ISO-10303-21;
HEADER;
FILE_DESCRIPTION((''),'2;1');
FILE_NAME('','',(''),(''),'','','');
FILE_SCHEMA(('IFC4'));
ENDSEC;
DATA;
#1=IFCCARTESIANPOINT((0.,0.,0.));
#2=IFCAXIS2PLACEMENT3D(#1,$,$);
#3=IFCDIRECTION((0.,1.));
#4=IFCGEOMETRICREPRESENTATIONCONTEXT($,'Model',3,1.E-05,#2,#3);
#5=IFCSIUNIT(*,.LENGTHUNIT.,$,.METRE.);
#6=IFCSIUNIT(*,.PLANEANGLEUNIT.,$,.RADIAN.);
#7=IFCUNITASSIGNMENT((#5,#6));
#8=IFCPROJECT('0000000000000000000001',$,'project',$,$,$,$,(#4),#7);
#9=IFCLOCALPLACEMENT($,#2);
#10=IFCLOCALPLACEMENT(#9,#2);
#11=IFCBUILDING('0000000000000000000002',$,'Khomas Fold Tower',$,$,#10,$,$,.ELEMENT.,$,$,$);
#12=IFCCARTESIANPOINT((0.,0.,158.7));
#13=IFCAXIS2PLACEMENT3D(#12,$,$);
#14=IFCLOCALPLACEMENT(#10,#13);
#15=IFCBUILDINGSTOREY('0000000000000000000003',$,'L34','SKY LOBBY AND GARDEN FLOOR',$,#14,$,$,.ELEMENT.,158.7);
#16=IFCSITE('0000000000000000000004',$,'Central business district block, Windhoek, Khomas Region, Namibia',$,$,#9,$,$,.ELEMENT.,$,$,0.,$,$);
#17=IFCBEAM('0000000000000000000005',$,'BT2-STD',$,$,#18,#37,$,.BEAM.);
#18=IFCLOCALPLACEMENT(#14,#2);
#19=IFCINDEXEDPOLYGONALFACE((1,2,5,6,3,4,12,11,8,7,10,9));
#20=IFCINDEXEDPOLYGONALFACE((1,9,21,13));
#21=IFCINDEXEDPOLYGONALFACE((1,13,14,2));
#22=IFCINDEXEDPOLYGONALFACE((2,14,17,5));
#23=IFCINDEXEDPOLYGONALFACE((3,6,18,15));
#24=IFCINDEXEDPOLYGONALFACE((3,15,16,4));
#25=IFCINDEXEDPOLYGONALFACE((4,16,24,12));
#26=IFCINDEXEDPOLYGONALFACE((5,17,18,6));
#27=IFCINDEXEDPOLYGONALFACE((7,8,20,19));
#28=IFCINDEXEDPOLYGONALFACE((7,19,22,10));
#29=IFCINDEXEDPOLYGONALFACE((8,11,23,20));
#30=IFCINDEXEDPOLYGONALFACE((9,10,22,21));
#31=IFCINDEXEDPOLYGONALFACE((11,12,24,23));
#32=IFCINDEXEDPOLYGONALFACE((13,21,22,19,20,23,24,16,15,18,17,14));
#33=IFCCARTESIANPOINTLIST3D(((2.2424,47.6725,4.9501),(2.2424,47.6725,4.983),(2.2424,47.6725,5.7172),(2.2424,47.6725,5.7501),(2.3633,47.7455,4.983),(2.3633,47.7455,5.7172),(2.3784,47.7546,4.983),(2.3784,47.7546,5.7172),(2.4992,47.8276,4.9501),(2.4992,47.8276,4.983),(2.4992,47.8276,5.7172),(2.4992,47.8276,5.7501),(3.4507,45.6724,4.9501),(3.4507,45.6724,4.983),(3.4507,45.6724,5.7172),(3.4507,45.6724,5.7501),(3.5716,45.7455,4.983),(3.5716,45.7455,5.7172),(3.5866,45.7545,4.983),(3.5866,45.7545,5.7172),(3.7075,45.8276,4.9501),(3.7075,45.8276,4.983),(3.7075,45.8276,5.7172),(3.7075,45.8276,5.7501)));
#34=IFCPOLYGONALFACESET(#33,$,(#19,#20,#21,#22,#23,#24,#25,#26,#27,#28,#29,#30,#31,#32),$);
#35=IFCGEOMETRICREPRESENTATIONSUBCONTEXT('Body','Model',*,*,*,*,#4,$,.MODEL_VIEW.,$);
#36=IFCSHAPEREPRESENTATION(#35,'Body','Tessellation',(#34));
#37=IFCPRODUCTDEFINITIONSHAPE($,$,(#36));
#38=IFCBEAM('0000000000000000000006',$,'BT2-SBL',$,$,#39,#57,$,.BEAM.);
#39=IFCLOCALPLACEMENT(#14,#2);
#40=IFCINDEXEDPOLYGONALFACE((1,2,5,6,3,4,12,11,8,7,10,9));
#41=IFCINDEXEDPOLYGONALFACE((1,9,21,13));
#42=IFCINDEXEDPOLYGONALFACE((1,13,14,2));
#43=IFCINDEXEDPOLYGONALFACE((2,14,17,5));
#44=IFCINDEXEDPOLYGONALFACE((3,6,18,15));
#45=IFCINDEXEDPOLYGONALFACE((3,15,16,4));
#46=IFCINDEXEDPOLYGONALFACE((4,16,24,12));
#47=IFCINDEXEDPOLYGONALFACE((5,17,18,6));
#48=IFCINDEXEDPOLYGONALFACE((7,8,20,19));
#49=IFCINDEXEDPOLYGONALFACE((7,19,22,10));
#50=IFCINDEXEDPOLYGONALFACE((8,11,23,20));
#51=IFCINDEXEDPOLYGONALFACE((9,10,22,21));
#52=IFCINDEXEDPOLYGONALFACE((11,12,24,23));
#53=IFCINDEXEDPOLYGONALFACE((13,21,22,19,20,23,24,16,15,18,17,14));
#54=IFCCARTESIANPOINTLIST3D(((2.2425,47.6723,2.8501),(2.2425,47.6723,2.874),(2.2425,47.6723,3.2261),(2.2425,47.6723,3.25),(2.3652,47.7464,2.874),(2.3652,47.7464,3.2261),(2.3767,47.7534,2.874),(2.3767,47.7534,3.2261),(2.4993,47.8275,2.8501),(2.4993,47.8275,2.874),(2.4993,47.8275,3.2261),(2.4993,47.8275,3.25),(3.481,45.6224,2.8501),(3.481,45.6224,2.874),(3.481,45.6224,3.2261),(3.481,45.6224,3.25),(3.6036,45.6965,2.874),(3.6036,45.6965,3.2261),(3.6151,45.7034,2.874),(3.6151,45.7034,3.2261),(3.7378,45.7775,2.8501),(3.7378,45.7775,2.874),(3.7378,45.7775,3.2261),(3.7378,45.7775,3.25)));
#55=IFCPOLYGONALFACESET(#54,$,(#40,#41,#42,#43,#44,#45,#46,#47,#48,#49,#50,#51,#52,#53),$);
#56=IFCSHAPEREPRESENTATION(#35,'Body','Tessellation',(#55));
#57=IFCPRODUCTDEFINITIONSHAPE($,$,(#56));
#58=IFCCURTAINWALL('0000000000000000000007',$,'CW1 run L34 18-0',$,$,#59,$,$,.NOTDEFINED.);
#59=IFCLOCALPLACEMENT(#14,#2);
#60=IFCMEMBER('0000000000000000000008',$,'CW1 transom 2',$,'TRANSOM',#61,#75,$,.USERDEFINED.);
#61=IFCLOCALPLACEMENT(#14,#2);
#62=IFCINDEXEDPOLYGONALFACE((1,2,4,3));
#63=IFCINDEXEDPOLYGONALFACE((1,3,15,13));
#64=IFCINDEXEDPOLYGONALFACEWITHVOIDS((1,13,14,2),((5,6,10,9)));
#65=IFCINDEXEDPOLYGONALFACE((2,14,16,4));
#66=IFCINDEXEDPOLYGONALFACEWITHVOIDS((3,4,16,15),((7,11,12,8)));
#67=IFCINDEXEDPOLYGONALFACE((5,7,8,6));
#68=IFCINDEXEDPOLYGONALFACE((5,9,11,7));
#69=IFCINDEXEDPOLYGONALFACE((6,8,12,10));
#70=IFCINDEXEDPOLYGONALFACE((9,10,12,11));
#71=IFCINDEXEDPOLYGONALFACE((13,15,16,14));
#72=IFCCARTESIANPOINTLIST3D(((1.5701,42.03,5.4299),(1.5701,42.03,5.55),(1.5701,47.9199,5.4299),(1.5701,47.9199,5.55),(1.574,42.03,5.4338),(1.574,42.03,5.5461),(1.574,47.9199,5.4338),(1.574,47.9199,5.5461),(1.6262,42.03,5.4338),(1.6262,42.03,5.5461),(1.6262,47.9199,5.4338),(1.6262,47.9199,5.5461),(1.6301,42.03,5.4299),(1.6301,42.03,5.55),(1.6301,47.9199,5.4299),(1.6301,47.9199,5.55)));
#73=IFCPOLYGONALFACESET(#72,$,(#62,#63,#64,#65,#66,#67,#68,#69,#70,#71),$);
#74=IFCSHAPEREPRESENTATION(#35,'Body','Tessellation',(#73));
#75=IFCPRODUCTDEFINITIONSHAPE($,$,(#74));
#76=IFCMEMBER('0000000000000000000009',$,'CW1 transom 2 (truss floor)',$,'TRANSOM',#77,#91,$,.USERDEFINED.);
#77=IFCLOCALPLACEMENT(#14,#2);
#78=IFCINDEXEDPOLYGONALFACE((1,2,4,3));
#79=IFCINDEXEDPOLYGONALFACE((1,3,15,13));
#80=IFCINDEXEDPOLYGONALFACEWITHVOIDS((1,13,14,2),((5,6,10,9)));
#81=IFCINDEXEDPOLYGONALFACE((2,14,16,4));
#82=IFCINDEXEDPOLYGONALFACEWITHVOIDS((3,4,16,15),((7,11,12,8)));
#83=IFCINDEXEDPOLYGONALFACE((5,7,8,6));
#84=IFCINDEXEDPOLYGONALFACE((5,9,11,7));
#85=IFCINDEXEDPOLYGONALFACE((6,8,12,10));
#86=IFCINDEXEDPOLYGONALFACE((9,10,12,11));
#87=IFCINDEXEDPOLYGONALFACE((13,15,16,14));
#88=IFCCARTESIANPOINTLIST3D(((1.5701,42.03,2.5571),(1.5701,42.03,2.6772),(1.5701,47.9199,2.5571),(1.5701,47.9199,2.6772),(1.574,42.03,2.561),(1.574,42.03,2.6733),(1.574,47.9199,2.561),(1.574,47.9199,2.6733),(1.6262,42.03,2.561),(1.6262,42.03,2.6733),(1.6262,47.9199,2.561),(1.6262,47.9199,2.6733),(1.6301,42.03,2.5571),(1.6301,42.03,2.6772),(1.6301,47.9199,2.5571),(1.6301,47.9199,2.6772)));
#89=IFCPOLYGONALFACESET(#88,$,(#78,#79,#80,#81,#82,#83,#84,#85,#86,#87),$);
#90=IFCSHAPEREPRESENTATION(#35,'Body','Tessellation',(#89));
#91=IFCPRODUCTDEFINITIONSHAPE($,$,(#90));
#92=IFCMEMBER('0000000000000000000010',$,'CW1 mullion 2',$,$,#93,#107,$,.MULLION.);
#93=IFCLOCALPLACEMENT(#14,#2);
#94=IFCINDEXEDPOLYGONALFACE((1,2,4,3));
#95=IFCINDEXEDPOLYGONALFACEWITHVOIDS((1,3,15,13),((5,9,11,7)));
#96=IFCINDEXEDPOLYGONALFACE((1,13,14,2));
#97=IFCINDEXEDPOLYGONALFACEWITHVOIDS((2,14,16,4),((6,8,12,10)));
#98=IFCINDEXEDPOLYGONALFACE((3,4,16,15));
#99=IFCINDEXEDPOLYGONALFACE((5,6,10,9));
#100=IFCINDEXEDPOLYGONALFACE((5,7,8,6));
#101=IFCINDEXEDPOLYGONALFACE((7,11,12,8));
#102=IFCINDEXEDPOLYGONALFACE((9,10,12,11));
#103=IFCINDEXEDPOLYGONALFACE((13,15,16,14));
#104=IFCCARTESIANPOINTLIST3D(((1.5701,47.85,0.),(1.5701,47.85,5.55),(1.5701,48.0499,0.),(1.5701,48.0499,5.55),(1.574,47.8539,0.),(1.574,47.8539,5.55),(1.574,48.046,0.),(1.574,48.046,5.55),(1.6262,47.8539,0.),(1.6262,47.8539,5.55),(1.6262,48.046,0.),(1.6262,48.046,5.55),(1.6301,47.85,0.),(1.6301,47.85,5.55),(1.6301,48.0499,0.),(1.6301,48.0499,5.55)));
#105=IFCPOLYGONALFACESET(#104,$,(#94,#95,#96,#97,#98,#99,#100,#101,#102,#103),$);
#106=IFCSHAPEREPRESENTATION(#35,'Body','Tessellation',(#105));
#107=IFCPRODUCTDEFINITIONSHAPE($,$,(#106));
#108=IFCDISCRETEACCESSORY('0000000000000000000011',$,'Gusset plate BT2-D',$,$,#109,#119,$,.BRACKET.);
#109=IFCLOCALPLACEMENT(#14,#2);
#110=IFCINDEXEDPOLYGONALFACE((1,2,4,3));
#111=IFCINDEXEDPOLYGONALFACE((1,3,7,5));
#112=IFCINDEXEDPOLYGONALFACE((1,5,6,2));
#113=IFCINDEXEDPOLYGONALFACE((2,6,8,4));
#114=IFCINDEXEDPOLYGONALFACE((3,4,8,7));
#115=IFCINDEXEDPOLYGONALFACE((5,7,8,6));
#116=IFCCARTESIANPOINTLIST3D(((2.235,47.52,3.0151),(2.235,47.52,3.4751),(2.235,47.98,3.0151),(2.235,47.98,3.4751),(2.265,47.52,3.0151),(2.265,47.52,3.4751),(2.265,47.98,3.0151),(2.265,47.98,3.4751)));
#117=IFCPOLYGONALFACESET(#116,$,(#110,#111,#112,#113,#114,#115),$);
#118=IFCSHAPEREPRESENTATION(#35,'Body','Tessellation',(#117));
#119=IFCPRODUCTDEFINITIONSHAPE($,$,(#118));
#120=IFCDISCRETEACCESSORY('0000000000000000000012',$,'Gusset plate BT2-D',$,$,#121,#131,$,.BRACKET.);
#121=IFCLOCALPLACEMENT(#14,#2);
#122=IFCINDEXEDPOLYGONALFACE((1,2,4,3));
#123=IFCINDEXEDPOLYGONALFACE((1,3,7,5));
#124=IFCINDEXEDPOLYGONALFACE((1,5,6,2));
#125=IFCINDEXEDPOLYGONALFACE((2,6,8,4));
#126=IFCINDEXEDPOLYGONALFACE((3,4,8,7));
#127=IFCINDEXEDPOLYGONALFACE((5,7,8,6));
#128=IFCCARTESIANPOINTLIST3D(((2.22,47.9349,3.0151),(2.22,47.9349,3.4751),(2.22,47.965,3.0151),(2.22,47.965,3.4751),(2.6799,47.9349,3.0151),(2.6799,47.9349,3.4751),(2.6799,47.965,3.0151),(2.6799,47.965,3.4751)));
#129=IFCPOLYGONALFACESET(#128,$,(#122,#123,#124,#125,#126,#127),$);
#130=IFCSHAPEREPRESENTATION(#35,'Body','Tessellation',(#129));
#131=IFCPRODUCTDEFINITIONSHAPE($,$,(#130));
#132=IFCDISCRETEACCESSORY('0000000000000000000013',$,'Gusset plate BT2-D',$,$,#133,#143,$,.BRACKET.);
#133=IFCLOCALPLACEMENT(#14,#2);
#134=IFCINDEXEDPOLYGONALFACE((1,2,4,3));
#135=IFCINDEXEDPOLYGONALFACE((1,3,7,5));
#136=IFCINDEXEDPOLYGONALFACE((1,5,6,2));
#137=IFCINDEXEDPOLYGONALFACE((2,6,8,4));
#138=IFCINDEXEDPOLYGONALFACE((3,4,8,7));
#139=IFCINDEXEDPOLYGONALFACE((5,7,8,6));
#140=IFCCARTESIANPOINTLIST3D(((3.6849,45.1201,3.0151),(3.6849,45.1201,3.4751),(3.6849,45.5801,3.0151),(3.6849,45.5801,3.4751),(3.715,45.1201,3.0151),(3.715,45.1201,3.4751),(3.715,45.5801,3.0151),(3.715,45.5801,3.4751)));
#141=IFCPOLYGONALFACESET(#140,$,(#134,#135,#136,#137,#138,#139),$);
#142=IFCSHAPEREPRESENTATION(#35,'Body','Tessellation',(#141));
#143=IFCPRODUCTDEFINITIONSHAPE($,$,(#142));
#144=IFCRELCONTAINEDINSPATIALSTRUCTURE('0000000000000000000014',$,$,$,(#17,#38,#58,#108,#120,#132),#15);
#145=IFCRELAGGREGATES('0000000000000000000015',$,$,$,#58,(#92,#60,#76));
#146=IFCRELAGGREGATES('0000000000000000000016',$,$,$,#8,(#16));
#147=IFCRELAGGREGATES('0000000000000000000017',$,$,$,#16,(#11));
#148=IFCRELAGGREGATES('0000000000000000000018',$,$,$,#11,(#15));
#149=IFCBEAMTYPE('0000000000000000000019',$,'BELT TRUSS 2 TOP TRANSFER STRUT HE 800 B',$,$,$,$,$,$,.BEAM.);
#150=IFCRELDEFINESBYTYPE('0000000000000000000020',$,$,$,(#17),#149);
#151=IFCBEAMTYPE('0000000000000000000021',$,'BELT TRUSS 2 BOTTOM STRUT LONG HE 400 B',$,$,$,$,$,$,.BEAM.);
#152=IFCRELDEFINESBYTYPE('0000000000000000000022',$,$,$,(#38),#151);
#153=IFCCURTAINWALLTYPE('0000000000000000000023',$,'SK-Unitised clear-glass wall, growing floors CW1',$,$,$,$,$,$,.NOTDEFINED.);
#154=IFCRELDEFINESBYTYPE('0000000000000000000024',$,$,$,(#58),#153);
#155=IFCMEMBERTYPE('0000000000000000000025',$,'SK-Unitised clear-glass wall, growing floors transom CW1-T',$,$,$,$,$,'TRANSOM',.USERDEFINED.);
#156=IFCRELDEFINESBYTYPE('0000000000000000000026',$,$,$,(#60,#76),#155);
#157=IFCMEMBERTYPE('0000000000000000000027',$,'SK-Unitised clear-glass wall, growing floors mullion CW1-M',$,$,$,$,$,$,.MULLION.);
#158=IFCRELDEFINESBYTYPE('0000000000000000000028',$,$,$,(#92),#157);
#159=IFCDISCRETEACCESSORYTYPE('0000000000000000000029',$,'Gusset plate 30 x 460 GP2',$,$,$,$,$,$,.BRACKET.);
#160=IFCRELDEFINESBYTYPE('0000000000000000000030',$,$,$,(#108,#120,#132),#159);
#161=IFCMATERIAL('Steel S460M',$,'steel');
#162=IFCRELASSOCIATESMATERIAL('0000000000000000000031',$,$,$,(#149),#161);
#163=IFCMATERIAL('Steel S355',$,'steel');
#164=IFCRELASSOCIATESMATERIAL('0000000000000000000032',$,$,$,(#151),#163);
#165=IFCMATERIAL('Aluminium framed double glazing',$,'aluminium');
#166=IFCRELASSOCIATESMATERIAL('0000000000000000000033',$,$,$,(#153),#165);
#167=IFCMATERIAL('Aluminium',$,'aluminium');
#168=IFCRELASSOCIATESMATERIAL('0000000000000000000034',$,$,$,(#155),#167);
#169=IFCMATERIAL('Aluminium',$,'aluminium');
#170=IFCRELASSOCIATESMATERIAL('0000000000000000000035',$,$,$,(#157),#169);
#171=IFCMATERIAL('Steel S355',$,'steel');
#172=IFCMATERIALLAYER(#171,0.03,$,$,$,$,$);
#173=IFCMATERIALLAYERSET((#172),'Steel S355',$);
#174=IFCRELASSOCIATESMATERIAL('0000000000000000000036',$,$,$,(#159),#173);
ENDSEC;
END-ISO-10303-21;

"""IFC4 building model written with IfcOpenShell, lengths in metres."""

from ifc_helpers import new_model, si_unit, direction, frame, origin, origin_2d, place, context, subcontext, project, spatial, rectangle, hollow_rectangle, i_section, extrude, source, transform, mapped, material, layer, layer_set, material_profile, profile_set, type_object, element, aggregate, save


model = new_model("IFC4")

# Units and contexts
model_context = context("Model", 3, precision=1e-05, world=origin(), true_north=direction((0.0, 1.0)))
body_context = subcontext(model_context, "Body", "Model", "MODEL_VIEW")
ifc_project = project(units=[si_unit("LENGTHUNIT", "METRE"), si_unit("PLANEANGLEUNIT", "RADIAN")], contexts=[model_context])

# Site, building, storey
site_placement = place(None, origin())
site = spatial("IfcSite", under=ifc_project, at=site_placement, Name="Central business district block, Windhoek, Khomas Region, Namibia", CompositionType="ELEMENT", RefElevation=0.0)
building_placement = place(site_placement, origin())
building = spatial("IfcBuilding", under=site, at=building_placement, Name="Khomas Fold Tower", CompositionType="ELEMENT")
storey_placement = place(building_placement, frame((0.0, 0.0, 158.7)))
storey = spatial("IfcBuildingStorey", under=building, at=storey_placement, Name="L34", Description="SKY LOBBY AND GARDEN FLOOR", CompositionType="ELEMENT", Elevation=158.7)

# Beams
ifc_material_1 = material(Name="Steel S460M", Category="steel")
ifc_material_profile_1 = material_profile(ifc_material_1, i_section(OverallWidth=0.3, OverallDepth=0.8, WebThickness=0.0176, FlangeThickness=0.033, at=origin_2d()), Name="HE 800 B")
ifc_profile_set_1 = profile_set([ifc_material_profile_1], Name="Steel S460M")
beam_type_1 = type_object("IfcBeamType", Name="BELT TRUSS 2 TOP TRANSFER STRUT HE 800 B", PredefinedType="BEAM", material=ifc_profile_set_1)
shared_shape_1 = source(origin(), body_context, "Body", "SweptSolid", [
    extrude(i_section(OverallWidth=0.3, OverallDepth=0.8, WebThickness=0.0176, FlangeThickness=0.033, at=origin_2d()), origin(), (0.0, 0.0, 1.0), 2.3367),
])
beam_1_placement = place(storey_placement, frame((3.5791, 45.75, 5.3501), z_axis=(-0.51709, 0.855931, 0.0), x_axis=(-0.855931, -0.51709, 0.0)))
element("IfcBeam", 1, at=beam_1_placement, inside=storey, type_object=beam_type_1, Name="BT2-STD", PredefinedType="BEAM", context=body_context, shape_type="MappedRepresentation", body=[
    mapped(shared_shape_1, transform((0.0, 0.0, 0.0))),
])
ifc_material_2 = material(Name="Steel S355", Category="steel")
ifc_material_profile_2 = material_profile(ifc_material_2, i_section(OverallWidth=0.3, OverallDepth=0.3999, WebThickness=0.0134, FlangeThickness=0.0239, at=origin_2d()), Name="HE 400 B")
ifc_profile_set_2 = profile_set([ifc_material_profile_2], Name="Steel S355")
beam_type_2 = type_object("IfcBeamType", Name="BELT TRUSS 2 BOTTOM STRUT LONG HE 400 B", PredefinedType="BEAM", material=ifc_profile_set_2)
shared_shape_2 = source(origin(), body_context, "Body", "SweptSolid", [
    extrude(i_section(OverallWidth=0.3, OverallDepth=0.3999, WebThickness=0.0134, FlangeThickness=0.0239, at=origin_2d()), origin(), (0.0, 0.0, 1.0), 2.395),
])
beam_2_placement = place(storey_placement, frame((3.6094, 45.7, 3.05), z_axis=(-0.517102, 0.855924, 0.0), x_axis=(-0.855924, -0.517102, 0.0)))
element("IfcBeam", 2, at=beam_2_placement, inside=storey, type_object=beam_type_2, Name="BT2-SBL", PredefinedType="BEAM", context=body_context, shape_type="MappedRepresentation", body=[
    mapped(shared_shape_2, transform((0.0, 0.0, 0.0))),
])

# Curtain wall, members
ifc_material_3 = material(Name="Aluminium framed double glazing", Category="aluminium")
curtain_wall_type = type_object("IfcCurtainWallType", Name="SK-Unitised clear-glass wall, growing floors CW1", PredefinedType="NOTDEFINED", material=ifc_material_3)
curtain_wall_placement = place(storey_placement, origin())
curtain_wall = element("IfcCurtainWall", 3, at=curtain_wall_placement, inside=storey, type_object=curtain_wall_type, Name="CW1 run L34 18-0", PredefinedType="NOTDEFINED")
ifc_material_4 = material(Name="Aluminium", Category="aluminium")
ifc_material_profile_3 = material_profile(ifc_material_4, hollow_rectangle(XDim=0.0601, YDim=0.1201, WallThickness=0.0039, at=origin_2d()), Name="SK-Unitised clear-glass wall, growing floors transom CW1-T")
ifc_profile_set_3 = profile_set([ifc_material_profile_3], Name="Aluminium")
member_type_1 = type_object("IfcMemberType", Name="SK-Unitised clear-glass wall, growing floors transom CW1-T", ElementType="TRANSOM", PredefinedType="USERDEFINED", material=ifc_profile_set_3)
shared_shape_3 = source(origin(), body_context, "Body", "SweptSolid", [
    extrude(hollow_rectangle(XDim=0.0601, YDim=0.1201, WallThickness=0.0039, at=origin_2d()), origin(), (0.0, 0.0, 1.0), 5.8899),
])
member_1_placement = place(storey_placement, frame((1.6001, 47.9199, 5.49), z_axis=(0.0, -1.0, 0.0), x_axis=(1.0, 0.0, 0.0)))
member_1 = element("IfcMember", 4, at=member_1_placement, type_object=member_type_1, Name="CW1 transom 2", ObjectType="TRANSOM", PredefinedType="USERDEFINED", context=body_context, shape_type="MappedRepresentation", body=[
    mapped(shared_shape_3, transform((0.0, 0.0, 0.0))),
])
member_2_placement = place(storey_placement, frame((1.6001, 47.9199, 2.6172), z_axis=(0.0, -1.0, 0.0), x_axis=(1.0, 0.0, 0.0)))
member_2 = element("IfcMember", 5, at=member_2_placement, type_object=member_type_1, Name="CW1 transom 2 (truss floor)", ObjectType="TRANSOM", PredefinedType="USERDEFINED", context=body_context, shape_type="MappedRepresentation", body=[
    mapped(shared_shape_3, transform((0.0, 0.0, 0.0))),
])
ifc_material_5 = material(Name="Aluminium", Category="aluminium")
ifc_material_profile_4 = material_profile(ifc_material_5, hollow_rectangle(XDim=0.0601, YDim=0.2, WallThickness=0.0039, at=origin_2d()), Name="SK-Unitised clear-glass wall, growing floors mullion CW1-M")
ifc_profile_set_4 = profile_set([ifc_material_profile_4], Name="Aluminium")
member_type_2 = type_object("IfcMemberType", Name="SK-Unitised clear-glass wall, growing floors mullion CW1-M", PredefinedType="MULLION", material=ifc_profile_set_4)
shared_shape_4 = source(origin(), body_context, "Body", "SweptSolid", [
    extrude(hollow_rectangle(XDim=0.0601, YDim=0.2, WallThickness=0.0039, at=origin_2d()), origin(), (0.0, 0.0, 1.0), 5.55),
])
member_3_placement = place(storey_placement, frame((1.6001, 47.95, 0.0), z_axis=(0.0, 0.0, 1.0), x_axis=(1.0, 0.0, 0.0)))
member_3 = element("IfcMember", 6, at=member_3_placement, type_object=member_type_2, Name="CW1 mullion 2", PredefinedType="MULLION", context=body_context, shape_type="MappedRepresentation", body=[
    mapped(shared_shape_4, transform((0.0, 0.0, 0.0))),
])
aggregate(curtain_wall, [member_3, member_1, member_2])

# Discrete accessories
ifc_material_6 = material(Name="Steel S355", Category="steel")
ifc_layer = layer(ifc_material_6, 0.03)
ifc_layer_set = layer_set([ifc_layer], Name="Steel S355")
discrete_accessory_type = type_object("IfcDiscreteAccessoryType", Name="Gusset plate 30 x 460 GP2", PredefinedType="BRACKET", material=ifc_layer_set)
shared_shape_5 = source(origin(), body_context, "Body", "SweptSolid", [
    extrude(rectangle(XDim=0.46, YDim=0.03, at=origin_2d()), origin(), (0.0, 0.0, 1.0), 0.46),
])
for number, where, z_axis, x_axis, name in (
    (7, (2.25, 47.75, 3.0151), (0.0, 0.0, 1.0), (0.0, 1.0, 0.0), "Gusset plate BT2-D"),
    (8, (2.45, 47.95, 3.0151), (0.0, 0.0, 1.0), (1.0, 0.0, 0.0), "Gusset plate BT2-D"),
    (9, (3.7, 45.3501, 3.0151), (0.0, 0.0, 1.0), (0.0, 1.0, 0.0), "Gusset plate BT2-D"),
):
    element("IfcDiscreteAccessory", number, at=place(storey_placement, frame(where, z_axis=z_axis, x_axis=x_axis)), inside=storey, type_object=discrete_accessory_type, Name=name, PredefinedType="BRACKET", context=body_context, shape_type="MappedRepresentation", body=[
        mapped(shared_shape_5, transform((0.0, 0.0, 0.0))),
    ])

save(model, "model.ifc")
